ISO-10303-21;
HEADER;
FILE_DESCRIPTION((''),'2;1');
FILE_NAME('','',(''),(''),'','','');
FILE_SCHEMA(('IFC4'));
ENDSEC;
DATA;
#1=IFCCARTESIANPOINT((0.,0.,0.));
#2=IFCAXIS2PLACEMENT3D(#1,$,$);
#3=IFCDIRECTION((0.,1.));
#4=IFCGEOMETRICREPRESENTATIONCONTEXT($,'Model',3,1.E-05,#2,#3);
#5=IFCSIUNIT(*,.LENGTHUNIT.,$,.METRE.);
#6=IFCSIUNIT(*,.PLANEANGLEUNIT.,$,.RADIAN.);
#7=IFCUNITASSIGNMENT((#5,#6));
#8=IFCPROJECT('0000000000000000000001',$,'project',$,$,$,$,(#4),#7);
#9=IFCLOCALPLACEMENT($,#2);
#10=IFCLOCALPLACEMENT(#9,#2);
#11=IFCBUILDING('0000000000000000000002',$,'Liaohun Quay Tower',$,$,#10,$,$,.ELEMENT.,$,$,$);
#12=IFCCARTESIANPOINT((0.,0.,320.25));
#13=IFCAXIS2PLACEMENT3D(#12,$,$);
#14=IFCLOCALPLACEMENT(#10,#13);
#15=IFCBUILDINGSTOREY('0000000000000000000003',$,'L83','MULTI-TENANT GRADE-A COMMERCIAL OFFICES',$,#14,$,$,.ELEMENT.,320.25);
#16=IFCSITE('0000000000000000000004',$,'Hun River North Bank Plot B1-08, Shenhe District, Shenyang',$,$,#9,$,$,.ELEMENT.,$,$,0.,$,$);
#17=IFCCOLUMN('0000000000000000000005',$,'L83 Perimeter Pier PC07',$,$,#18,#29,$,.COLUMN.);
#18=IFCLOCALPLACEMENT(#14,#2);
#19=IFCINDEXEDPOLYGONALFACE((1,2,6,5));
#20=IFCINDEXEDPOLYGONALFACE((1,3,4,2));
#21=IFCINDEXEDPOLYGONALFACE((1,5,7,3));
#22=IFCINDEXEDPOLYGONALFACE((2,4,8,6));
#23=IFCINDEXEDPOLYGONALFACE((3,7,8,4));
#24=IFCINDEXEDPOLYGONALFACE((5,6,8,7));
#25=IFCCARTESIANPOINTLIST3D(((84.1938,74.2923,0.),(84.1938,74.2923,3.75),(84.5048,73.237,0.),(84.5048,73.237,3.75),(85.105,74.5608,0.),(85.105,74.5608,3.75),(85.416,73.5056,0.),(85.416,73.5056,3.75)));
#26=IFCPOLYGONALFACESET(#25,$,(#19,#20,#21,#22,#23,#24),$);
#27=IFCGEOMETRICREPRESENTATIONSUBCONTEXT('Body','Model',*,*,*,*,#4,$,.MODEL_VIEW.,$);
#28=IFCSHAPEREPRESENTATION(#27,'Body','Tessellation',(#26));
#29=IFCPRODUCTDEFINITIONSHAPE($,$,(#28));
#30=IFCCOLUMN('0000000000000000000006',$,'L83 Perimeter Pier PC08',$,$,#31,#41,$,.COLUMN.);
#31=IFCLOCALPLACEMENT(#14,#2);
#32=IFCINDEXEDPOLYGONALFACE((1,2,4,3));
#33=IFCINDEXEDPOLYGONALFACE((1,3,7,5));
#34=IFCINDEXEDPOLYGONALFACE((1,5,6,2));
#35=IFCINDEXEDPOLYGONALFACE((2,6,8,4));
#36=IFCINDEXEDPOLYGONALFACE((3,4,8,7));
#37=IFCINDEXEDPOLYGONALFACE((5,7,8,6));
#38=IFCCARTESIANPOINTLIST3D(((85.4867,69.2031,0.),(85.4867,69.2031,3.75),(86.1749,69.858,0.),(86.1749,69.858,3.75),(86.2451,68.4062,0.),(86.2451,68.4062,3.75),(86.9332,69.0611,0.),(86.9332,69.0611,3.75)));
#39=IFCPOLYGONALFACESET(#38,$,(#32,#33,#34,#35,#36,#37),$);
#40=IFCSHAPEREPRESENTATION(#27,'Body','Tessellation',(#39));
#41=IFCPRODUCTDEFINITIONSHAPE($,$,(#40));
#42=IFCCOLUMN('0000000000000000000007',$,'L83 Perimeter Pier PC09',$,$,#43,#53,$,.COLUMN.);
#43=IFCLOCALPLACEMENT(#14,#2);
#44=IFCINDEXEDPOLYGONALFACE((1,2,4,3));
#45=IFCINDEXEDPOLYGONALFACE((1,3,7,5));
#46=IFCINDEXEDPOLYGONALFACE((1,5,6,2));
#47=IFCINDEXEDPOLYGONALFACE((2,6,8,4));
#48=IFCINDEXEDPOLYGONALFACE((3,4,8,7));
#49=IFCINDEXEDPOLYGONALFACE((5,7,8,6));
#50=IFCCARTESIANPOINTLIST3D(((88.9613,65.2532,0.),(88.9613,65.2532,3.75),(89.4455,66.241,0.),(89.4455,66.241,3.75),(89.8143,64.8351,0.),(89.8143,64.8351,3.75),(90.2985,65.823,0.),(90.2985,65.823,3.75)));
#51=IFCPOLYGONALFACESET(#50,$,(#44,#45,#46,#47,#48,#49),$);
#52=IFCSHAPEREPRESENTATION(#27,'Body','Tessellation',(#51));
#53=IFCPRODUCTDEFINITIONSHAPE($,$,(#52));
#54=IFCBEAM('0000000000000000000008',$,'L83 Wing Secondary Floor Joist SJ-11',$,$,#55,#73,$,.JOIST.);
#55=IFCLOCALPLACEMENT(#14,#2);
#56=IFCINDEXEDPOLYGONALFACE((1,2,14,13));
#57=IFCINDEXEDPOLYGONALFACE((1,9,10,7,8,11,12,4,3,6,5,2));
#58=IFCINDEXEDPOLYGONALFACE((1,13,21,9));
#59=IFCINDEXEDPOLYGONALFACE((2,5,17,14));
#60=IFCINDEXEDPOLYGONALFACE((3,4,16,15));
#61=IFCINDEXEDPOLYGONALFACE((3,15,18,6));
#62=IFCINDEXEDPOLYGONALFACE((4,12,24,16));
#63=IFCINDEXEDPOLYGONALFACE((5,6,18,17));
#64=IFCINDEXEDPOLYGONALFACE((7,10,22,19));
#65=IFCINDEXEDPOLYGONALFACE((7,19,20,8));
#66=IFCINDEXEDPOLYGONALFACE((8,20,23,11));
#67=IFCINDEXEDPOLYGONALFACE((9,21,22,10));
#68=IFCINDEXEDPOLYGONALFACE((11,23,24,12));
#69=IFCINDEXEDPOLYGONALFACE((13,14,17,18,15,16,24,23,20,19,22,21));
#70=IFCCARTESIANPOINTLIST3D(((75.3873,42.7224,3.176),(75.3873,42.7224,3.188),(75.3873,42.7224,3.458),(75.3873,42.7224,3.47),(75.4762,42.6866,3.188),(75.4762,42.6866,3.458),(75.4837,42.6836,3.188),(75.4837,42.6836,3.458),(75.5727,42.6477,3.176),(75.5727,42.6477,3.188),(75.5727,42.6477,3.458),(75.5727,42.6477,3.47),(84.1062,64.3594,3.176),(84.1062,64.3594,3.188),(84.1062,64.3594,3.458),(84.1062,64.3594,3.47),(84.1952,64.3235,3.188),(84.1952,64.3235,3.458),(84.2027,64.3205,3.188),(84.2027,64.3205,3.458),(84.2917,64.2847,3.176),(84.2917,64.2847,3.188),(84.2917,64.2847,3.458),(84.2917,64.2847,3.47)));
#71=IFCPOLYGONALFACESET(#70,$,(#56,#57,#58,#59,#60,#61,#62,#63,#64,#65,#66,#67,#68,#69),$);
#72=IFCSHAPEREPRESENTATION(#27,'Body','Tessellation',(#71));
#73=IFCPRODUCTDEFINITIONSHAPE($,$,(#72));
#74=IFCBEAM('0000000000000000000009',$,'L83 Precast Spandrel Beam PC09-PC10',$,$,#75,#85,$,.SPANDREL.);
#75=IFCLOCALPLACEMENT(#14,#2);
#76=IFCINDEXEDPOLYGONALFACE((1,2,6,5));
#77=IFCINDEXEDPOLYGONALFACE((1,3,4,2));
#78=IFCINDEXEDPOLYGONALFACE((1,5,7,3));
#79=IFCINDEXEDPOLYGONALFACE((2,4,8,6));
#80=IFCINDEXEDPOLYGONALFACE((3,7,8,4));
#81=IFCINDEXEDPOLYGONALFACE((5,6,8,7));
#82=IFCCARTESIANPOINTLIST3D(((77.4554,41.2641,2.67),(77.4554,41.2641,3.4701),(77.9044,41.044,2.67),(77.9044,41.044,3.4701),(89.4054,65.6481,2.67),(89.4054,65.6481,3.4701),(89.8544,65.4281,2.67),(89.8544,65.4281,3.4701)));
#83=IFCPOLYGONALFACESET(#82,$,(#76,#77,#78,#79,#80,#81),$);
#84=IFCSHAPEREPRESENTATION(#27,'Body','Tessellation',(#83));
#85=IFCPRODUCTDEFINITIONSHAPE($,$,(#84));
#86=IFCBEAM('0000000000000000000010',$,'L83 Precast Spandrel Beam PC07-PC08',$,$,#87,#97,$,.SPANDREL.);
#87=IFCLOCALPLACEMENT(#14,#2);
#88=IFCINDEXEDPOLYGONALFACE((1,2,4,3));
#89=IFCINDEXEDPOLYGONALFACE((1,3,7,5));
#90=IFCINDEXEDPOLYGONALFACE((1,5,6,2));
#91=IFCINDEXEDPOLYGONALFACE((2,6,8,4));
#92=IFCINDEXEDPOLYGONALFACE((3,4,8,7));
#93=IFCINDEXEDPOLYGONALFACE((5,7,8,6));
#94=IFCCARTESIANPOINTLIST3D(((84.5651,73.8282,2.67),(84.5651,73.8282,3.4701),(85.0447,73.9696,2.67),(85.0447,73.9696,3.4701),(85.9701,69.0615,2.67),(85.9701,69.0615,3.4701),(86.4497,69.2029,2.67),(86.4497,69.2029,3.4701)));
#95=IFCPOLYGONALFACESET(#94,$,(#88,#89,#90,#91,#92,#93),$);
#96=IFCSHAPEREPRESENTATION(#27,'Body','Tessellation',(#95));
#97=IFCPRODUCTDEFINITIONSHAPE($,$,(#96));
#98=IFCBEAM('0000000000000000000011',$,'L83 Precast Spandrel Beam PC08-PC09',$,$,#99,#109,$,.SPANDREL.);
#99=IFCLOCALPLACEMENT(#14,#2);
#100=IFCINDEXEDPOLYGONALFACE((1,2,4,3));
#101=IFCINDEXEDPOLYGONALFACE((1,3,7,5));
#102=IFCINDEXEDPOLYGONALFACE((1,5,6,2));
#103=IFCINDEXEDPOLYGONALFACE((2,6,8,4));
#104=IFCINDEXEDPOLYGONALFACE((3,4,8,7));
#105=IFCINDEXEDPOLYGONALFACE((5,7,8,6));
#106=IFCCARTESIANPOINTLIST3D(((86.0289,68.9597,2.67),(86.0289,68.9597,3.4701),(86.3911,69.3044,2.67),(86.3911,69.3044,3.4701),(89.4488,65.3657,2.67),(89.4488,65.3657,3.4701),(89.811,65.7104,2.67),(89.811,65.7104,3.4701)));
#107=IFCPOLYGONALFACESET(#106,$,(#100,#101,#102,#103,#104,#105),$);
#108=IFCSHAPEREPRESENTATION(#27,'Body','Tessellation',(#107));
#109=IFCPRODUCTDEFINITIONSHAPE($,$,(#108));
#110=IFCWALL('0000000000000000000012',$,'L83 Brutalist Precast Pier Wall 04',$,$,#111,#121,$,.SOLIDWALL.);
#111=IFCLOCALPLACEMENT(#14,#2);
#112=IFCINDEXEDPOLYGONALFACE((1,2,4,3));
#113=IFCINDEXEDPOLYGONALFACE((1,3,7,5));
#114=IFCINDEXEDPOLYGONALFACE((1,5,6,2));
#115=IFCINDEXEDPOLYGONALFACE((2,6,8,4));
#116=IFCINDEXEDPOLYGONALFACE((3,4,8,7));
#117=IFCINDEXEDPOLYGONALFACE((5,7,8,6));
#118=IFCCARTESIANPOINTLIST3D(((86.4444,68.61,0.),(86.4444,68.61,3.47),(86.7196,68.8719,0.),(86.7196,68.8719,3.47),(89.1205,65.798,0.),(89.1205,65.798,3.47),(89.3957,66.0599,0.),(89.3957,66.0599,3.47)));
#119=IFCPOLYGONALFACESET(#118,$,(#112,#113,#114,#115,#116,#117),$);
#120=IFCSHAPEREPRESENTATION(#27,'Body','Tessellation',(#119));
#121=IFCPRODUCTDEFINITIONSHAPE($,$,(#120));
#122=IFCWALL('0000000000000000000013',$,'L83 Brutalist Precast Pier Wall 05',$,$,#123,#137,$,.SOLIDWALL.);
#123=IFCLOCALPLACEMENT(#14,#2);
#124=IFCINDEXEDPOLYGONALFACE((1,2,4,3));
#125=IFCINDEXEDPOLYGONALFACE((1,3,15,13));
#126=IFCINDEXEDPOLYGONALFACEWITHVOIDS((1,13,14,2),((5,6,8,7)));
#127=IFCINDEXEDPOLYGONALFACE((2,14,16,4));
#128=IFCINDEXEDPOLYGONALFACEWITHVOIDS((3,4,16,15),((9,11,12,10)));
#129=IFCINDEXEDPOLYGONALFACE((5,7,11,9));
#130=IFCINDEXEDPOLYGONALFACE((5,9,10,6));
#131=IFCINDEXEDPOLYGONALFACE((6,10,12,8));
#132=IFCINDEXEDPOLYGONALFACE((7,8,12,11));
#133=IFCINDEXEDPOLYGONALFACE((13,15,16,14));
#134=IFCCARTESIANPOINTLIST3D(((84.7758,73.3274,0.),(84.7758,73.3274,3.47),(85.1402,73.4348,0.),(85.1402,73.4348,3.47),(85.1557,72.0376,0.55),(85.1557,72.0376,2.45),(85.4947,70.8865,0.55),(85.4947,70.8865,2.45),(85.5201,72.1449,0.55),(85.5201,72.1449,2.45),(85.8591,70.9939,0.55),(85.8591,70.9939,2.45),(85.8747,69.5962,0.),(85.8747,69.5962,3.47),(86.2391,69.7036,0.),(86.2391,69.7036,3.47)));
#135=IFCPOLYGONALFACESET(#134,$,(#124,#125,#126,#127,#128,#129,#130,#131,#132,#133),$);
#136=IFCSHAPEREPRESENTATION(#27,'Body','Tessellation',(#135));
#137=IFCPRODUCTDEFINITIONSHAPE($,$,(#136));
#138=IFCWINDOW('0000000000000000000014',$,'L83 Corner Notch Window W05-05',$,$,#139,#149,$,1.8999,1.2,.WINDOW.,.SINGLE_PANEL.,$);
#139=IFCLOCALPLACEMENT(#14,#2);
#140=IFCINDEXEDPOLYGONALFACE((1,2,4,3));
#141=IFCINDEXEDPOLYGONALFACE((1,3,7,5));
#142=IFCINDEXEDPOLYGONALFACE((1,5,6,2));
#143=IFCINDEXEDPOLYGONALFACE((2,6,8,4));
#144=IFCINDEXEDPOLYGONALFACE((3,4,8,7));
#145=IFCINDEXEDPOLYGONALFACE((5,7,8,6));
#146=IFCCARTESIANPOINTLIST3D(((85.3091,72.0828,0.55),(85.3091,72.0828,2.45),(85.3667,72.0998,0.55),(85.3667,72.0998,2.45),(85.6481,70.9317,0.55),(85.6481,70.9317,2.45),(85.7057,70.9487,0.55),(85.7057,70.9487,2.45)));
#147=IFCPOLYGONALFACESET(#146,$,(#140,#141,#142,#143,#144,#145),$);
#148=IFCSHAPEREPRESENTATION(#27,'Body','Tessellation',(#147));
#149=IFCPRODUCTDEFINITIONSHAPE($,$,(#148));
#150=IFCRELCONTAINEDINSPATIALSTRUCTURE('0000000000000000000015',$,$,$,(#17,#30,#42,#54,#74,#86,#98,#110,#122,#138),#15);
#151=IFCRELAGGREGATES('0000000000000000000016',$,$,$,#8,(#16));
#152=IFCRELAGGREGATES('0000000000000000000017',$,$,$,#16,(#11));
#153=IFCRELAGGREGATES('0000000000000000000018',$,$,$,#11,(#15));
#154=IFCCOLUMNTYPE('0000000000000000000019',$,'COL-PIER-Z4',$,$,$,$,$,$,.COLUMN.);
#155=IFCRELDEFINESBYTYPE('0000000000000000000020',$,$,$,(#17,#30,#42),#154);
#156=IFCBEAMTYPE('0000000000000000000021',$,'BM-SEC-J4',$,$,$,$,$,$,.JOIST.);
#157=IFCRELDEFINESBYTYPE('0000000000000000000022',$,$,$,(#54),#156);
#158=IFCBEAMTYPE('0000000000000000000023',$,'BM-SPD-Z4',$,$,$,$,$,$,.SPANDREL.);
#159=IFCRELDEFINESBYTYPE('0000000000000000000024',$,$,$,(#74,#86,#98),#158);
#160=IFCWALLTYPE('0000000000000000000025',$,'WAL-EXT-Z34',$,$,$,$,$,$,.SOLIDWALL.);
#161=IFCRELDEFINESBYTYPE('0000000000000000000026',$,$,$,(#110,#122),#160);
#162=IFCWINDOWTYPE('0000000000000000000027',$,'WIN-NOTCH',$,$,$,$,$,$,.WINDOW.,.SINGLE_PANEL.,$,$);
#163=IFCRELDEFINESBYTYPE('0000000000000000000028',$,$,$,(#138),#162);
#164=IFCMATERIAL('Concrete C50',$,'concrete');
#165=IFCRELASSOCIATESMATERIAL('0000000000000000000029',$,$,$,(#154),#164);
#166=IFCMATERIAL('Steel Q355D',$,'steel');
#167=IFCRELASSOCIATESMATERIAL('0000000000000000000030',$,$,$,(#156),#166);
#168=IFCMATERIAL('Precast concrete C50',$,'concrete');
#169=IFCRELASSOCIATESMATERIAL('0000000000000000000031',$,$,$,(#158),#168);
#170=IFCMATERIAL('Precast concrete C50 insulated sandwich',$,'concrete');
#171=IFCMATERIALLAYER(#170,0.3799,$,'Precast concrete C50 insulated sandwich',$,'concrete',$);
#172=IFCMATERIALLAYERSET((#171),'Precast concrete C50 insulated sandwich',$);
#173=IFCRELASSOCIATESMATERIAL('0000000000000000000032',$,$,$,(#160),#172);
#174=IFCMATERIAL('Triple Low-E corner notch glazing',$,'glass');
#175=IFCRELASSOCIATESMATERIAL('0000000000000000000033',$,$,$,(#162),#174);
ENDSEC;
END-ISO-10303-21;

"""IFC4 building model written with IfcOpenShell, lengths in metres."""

from ifc_helpers import new_model, si_unit, direction, frame, frame_2d, origin, origin_2d, place, context, subcontext, project, spatial, rectangle, i_section, extrude, source, transform, mapped, material, layer, layer_set, material_profile, profile_set, type_object, element, fill, save


model = new_model("IFC4")

# Units and contexts
model_context = context("Model", 3, precision=1e-05, world=origin(), true_north=direction((0.0, 1.0)))
body_context = subcontext(model_context, "Body", "Model", "MODEL_VIEW")
ifc_project = project(units=[si_unit("LENGTHUNIT", "METRE"), si_unit("PLANEANGLEUNIT", "RADIAN")], contexts=[model_context])

# Site, building, storey
site_placement = place(None, origin())
site = spatial("IfcSite", under=ifc_project, at=site_placement, Name="Hun River North Bank Plot B1-08, Shenhe District, Shenyang", CompositionType="ELEMENT", RefElevation=0.0)
building_placement = place(site_placement, origin())
building = spatial("IfcBuilding", under=site, at=building_placement, Name="Liaohun Quay Tower", CompositionType="ELEMENT")
storey_placement = place(building_placement, frame((0.0, 0.0, 320.25)))
storey = spatial("IfcBuildingStorey", under=building, at=storey_placement, Name="L83", Description="MULTI-TENANT GRADE-A COMMERCIAL OFFICES", CompositionType="ELEMENT", Elevation=320.25)

# Columns
ifc_material_1 = material(Name="Concrete C50", Category="concrete")
ifc_material_profile_1 = material_profile(ifc_material_1, rectangle(XDim=1.1001, YDim=0.95, at=origin_2d()), Name="RC1100x950")
ifc_profile_set_1 = profile_set([ifc_material_profile_1], Name="Concrete C50")
column_type = type_object("IfcColumnType", Name="COL-PIER-Z4", PredefinedType="COLUMN", material=ifc_profile_set_1)
shared_shape_1 = source(origin(), body_context, "Body", "SweptSolid", [
    extrude(rectangle(XDim=1.1001, YDim=0.95, at=origin_2d()), origin(), (0.0, 0.0, 1.0), 3.75),
])
for number, where, z_axis, x_axis, name in (
    (1, (84.8049, 73.8989, 0.0), (0.0, 0.0, 1.0), (-0.282676, 0.959215, 0.0), "L83 Perimeter Pier PC07"),
    (2, (86.21, 69.1321, 0.0), (0.0, 0.0, 1.0), (-0.689367, 0.724413, 0.0), "L83 Perimeter Pier PC08"),
    (3, (89.6299, 65.5381, 0.0), (0.0, 0.0, 1.0), (0.440096, 0.897951, 0.0), "L83 Perimeter Pier PC09"),
):
    element("IfcColumn", number, at=place(storey_placement, frame(where, z_axis=z_axis, x_axis=x_axis)), inside=storey, type_object=column_type, Name=name, PredefinedType="COLUMN", context=body_context, shape_type="MappedRepresentation", body=[
        mapped(shared_shape_1, transform((0.0, 0.0, 0.0), x_axis=(1.0, 0.0, 0.0), y_axis=(0.0, 1.0, 0.0), z_axis=(0.0, 0.0, 1.0), scale=1.0)),
    ])

# Beams
ifc_material_2 = material(Name="Steel Q355D", Category="steel")
ifc_material_profile_2 = material_profile(ifc_material_2, i_section(OverallWidth=0.2, OverallDepth=0.2939, WebThickness=0.0081, FlangeThickness=0.012, at=origin_2d()), Name="HM294x200x8x12")
ifc_profile_set_2 = profile_set([ifc_material_profile_2], Name="Steel Q355D")
beam_type_1 = type_object("IfcBeamType", Name="BM-SEC-J4", PredefinedType="JOIST", material=ifc_profile_set_2)
shared_shape_2 = source(origin(), body_context, "Body", "SweptSolid", [
    extrude(i_section(OverallWidth=0.2, OverallDepth=0.2939, WebThickness=0.0081, FlangeThickness=0.012, at=origin_2d()), origin(), (0.0, 0.0, 1.0), 23.3276),
])
beam_1_placement = place(storey_placement, frame((84.199, 64.322, 3.323), z_axis=(-0.373762, -0.927525, 0.0), x_axis=(0.927525, -0.373762, 0.0)))
element("IfcBeam", 4, at=beam_1_placement, inside=storey, type_object=beam_type_1, Name="L83 Wing Secondary Floor Joist SJ-11", PredefinedType="JOIST", context=body_context, shape_type="MappedRepresentation", body=[
    mapped(shared_shape_2, transform((0.0, 0.0, 0.0), x_axis=(1.0, 0.0, 0.0), y_axis=(0.0, 1.0, 0.0), z_axis=(0.0, 0.0, 1.0), scale=1.0)),
])
ifc_material_3 = material(Name="Precast concrete C50", Category="concrete")
ifc_material_profile_3 = material_profile(ifc_material_3, rectangle(XDim=0.5, YDim=0.8, at=origin_2d()), Name="RC500x800")
ifc_profile_set_3 = profile_set([ifc_material_profile_3], Name="Precast concrete C50")
beam_type_2 = type_object("IfcBeamType", Name="BM-SPD-Z4", PredefinedType="SPANDREL", material=ifc_profile_set_3)
shared_shape_3 = source(origin(), body_context, "Body", "SweptSolid", [
    extrude(rectangle(XDim=0.5, YDim=0.8, at=origin_2d()), origin(), (0.0, 0.0, 1.0), 27.1548),
])
beam_2_placement = place(storey_placement, frame((89.6299, 65.5381, 3.0701), z_axis=(-0.440068, -0.897964, 0.0), x_axis=(0.897964, -0.440068, 0.0)))
element("IfcBeam", 5, at=beam_2_placement, inside=storey, type_object=beam_type_2, Name="L83 Precast Spandrel Beam PC09-PC10", PredefinedType="SPANDREL", context=body_context, shape_type="MappedRepresentation", body=[
    mapped(shared_shape_3, transform((0.0, 0.0, 0.0), x_axis=(1.0, 0.0, 0.0), y_axis=(0.0, 1.0, 0.0), z_axis=(0.0, 0.0, 1.0), scale=1.0)),
])
shared_shape_4 = source(origin(), body_context, "Body", "SweptSolid", [
    extrude(rectangle(XDim=0.5, YDim=0.8, at=origin_2d()), origin(), (0.0, 0.0, 1.0), 4.9695),
])
beam_3_placement = place(storey_placement, frame((84.8049, 73.8989, 3.0701), z_axis=(0.282725, -0.959201, 0.0), x_axis=(0.959201, 0.282725, 0.0)))
element("IfcBeam", 6, at=beam_3_placement, inside=storey, type_object=beam_type_2, Name="L83 Precast Spandrel Beam PC07-PC08", PredefinedType="SPANDREL", context=body_context, shape_type="MappedRepresentation", body=[
    mapped(shared_shape_4, transform((0.0, 0.0, 0.0), x_axis=(1.0, 0.0, 0.0), y_axis=(0.0, 1.0, 0.0), z_axis=(0.0, 0.0, 1.0), scale=1.0)),
])
shared_shape_5 = source(origin(), body_context, "Body", "SweptSolid", [
    extrude(rectangle(XDim=0.5, YDim=0.8, at=origin_2d()), origin(), (0.0, 0.0, 1.0), 4.9612),
])
beam_4_placement = place(storey_placement, frame((86.21, 69.1321, 3.0701), z_axis=(0.689345, -0.724433, 0.0), x_axis=(0.724433, 0.689345, 0.0)))
element("IfcBeam", 7, at=beam_4_placement, inside=storey, type_object=beam_type_2, Name="L83 Precast Spandrel Beam PC08-PC09", PredefinedType="SPANDREL", context=body_context, shape_type="MappedRepresentation", body=[
    mapped(shared_shape_5, transform((0.0, 0.0, 0.0), x_axis=(1.0, 0.0, 0.0), y_axis=(0.0, 1.0, 0.0), z_axis=(0.0, 0.0, 1.0), scale=1.0)),
])

# Wall
ifc_material_4 = material(Name="Precast concrete C50 insulated sandwich", Category="concrete")
ifc_layer_1 = layer(ifc_material_4, 0.3799, Name="Precast concrete C50 insulated sandwich", Category="concrete")
ifc_layer_set_1 = layer_set([ifc_layer_1], Name="Precast concrete C50 insulated sandwich")
wall_type_1 = type_object("IfcWallType", Name="WAL-EXT-Z34", PredefinedType="SOLIDWALL", material=ifc_layer_set_1)
wall_1_placement = place(storey_placement, frame((89.2581, 65.929, 0.0), z_axis=(0.0, 0.0, 1.0), x_axis=(-0.689374, 0.724406, 0.0)))
element("IfcWall", 8, at=wall_1_placement, inside=storey, type_object=wall_type_1, Name="L83 Brutalist Precast Pier Wall 04", PredefinedType="SOLIDWALL", context=body_context, shape_type="SweptSolid", body=[
    extrude(rectangle(XDim=3.8818, YDim=0.3799, at=frame_2d((1.9409, 0.0))), origin(), (0.0, 0.0, 1.0), 3.47),
])

# Wall, opening, window
wall_2_placement = place(storey_placement, frame((86.0569, 69.6499, 0.0), z_axis=(0.0, 0.0, 1.0), x_axis=(-0.282513, 0.959263, 0.0)))
wall_2 = element("IfcWall", 9, at=wall_2_placement, inside=storey, type_object=wall_type_1, Name="L83 Brutalist Precast Pier Wall 05", PredefinedType="SOLIDWALL", context=body_context, shape_type="SweptSolid", body=[
    extrude(rectangle(XDim=3.8896, YDim=0.3799, at=frame_2d((1.9448, 0.0))), origin(), (0.0, 0.0, 1.0), 3.47),
])
shared_shape_6 = source(origin(), body_context, "Body", "SweptSolid", [
    extrude(rectangle(XDim=1.2, YDim=1.8999, at=frame_2d((0.6001, 0.95))), frame((0.0, 0.2, 0.0), z_axis=(0.0, -1.0, 0.0), x_axis=(1.0, 0.0, 0.0)), (0.0, 0.0, 1.0), 0.3999),
])
opening_1_placement = place(wall_2_placement, frame((1.345, 0.0, 0.55)))
opening_1 = element("IfcOpeningElement", 10, at=opening_1_placement, cuts=wall_2, PredefinedType="OPENING", context=body_context, shape_type="MappedRepresentation", body=[
    mapped(shared_shape_6, transform((0.0, 0.0, 0.0), x_axis=(1.0, 0.0, 0.0), y_axis=(0.0, 1.0, 0.0), z_axis=(0.0, 0.0, 1.0), scale=1.0)),
])
ifc_material_5 = material(Name="Triple Low-E corner notch glazing", Category="glass")
window_type_1 = type_object("IfcWindowType", Name="WIN-NOTCH", PartitioningType="SINGLE_PANEL", PredefinedType="WINDOW", material=ifc_material_5)
shared_shape_7 = source(origin(), body_context, "Body", "SweptSolid", [
    extrude(rectangle(XDim=1.2, YDim=1.8999, at=frame_2d((0.6001, 0.95))), frame((0.0, 0.03, 0.0), z_axis=(0.0, -1.0, 0.0), x_axis=(1.0, 0.0, 0.0)), (0.0, 0.0, 1.0), 0.0601),
])
window_1_placement = place(opening_1_placement, origin())
window_1 = element("IfcWindow", 11, at=window_1_placement, inside=storey, type_object=window_type_1, Name="L83 Corner Notch Window W05-05", OverallHeight=1.8999, OverallWidth=1.2, PartitioningType="SINGLE_PANEL", PredefinedType="WINDOW", context=body_context, shape_type="MappedRepresentation", body=[
    mapped(shared_shape_7, transform((0.0, 0.0, 0.0), x_axis=(1.0, 0.0, 0.0), y_axis=(0.0, 1.0, 0.0), z_axis=(0.0, 0.0, 1.0), scale=1.0)),
])
fill(opening_1, window_1)

save(model, "model.ifc")
